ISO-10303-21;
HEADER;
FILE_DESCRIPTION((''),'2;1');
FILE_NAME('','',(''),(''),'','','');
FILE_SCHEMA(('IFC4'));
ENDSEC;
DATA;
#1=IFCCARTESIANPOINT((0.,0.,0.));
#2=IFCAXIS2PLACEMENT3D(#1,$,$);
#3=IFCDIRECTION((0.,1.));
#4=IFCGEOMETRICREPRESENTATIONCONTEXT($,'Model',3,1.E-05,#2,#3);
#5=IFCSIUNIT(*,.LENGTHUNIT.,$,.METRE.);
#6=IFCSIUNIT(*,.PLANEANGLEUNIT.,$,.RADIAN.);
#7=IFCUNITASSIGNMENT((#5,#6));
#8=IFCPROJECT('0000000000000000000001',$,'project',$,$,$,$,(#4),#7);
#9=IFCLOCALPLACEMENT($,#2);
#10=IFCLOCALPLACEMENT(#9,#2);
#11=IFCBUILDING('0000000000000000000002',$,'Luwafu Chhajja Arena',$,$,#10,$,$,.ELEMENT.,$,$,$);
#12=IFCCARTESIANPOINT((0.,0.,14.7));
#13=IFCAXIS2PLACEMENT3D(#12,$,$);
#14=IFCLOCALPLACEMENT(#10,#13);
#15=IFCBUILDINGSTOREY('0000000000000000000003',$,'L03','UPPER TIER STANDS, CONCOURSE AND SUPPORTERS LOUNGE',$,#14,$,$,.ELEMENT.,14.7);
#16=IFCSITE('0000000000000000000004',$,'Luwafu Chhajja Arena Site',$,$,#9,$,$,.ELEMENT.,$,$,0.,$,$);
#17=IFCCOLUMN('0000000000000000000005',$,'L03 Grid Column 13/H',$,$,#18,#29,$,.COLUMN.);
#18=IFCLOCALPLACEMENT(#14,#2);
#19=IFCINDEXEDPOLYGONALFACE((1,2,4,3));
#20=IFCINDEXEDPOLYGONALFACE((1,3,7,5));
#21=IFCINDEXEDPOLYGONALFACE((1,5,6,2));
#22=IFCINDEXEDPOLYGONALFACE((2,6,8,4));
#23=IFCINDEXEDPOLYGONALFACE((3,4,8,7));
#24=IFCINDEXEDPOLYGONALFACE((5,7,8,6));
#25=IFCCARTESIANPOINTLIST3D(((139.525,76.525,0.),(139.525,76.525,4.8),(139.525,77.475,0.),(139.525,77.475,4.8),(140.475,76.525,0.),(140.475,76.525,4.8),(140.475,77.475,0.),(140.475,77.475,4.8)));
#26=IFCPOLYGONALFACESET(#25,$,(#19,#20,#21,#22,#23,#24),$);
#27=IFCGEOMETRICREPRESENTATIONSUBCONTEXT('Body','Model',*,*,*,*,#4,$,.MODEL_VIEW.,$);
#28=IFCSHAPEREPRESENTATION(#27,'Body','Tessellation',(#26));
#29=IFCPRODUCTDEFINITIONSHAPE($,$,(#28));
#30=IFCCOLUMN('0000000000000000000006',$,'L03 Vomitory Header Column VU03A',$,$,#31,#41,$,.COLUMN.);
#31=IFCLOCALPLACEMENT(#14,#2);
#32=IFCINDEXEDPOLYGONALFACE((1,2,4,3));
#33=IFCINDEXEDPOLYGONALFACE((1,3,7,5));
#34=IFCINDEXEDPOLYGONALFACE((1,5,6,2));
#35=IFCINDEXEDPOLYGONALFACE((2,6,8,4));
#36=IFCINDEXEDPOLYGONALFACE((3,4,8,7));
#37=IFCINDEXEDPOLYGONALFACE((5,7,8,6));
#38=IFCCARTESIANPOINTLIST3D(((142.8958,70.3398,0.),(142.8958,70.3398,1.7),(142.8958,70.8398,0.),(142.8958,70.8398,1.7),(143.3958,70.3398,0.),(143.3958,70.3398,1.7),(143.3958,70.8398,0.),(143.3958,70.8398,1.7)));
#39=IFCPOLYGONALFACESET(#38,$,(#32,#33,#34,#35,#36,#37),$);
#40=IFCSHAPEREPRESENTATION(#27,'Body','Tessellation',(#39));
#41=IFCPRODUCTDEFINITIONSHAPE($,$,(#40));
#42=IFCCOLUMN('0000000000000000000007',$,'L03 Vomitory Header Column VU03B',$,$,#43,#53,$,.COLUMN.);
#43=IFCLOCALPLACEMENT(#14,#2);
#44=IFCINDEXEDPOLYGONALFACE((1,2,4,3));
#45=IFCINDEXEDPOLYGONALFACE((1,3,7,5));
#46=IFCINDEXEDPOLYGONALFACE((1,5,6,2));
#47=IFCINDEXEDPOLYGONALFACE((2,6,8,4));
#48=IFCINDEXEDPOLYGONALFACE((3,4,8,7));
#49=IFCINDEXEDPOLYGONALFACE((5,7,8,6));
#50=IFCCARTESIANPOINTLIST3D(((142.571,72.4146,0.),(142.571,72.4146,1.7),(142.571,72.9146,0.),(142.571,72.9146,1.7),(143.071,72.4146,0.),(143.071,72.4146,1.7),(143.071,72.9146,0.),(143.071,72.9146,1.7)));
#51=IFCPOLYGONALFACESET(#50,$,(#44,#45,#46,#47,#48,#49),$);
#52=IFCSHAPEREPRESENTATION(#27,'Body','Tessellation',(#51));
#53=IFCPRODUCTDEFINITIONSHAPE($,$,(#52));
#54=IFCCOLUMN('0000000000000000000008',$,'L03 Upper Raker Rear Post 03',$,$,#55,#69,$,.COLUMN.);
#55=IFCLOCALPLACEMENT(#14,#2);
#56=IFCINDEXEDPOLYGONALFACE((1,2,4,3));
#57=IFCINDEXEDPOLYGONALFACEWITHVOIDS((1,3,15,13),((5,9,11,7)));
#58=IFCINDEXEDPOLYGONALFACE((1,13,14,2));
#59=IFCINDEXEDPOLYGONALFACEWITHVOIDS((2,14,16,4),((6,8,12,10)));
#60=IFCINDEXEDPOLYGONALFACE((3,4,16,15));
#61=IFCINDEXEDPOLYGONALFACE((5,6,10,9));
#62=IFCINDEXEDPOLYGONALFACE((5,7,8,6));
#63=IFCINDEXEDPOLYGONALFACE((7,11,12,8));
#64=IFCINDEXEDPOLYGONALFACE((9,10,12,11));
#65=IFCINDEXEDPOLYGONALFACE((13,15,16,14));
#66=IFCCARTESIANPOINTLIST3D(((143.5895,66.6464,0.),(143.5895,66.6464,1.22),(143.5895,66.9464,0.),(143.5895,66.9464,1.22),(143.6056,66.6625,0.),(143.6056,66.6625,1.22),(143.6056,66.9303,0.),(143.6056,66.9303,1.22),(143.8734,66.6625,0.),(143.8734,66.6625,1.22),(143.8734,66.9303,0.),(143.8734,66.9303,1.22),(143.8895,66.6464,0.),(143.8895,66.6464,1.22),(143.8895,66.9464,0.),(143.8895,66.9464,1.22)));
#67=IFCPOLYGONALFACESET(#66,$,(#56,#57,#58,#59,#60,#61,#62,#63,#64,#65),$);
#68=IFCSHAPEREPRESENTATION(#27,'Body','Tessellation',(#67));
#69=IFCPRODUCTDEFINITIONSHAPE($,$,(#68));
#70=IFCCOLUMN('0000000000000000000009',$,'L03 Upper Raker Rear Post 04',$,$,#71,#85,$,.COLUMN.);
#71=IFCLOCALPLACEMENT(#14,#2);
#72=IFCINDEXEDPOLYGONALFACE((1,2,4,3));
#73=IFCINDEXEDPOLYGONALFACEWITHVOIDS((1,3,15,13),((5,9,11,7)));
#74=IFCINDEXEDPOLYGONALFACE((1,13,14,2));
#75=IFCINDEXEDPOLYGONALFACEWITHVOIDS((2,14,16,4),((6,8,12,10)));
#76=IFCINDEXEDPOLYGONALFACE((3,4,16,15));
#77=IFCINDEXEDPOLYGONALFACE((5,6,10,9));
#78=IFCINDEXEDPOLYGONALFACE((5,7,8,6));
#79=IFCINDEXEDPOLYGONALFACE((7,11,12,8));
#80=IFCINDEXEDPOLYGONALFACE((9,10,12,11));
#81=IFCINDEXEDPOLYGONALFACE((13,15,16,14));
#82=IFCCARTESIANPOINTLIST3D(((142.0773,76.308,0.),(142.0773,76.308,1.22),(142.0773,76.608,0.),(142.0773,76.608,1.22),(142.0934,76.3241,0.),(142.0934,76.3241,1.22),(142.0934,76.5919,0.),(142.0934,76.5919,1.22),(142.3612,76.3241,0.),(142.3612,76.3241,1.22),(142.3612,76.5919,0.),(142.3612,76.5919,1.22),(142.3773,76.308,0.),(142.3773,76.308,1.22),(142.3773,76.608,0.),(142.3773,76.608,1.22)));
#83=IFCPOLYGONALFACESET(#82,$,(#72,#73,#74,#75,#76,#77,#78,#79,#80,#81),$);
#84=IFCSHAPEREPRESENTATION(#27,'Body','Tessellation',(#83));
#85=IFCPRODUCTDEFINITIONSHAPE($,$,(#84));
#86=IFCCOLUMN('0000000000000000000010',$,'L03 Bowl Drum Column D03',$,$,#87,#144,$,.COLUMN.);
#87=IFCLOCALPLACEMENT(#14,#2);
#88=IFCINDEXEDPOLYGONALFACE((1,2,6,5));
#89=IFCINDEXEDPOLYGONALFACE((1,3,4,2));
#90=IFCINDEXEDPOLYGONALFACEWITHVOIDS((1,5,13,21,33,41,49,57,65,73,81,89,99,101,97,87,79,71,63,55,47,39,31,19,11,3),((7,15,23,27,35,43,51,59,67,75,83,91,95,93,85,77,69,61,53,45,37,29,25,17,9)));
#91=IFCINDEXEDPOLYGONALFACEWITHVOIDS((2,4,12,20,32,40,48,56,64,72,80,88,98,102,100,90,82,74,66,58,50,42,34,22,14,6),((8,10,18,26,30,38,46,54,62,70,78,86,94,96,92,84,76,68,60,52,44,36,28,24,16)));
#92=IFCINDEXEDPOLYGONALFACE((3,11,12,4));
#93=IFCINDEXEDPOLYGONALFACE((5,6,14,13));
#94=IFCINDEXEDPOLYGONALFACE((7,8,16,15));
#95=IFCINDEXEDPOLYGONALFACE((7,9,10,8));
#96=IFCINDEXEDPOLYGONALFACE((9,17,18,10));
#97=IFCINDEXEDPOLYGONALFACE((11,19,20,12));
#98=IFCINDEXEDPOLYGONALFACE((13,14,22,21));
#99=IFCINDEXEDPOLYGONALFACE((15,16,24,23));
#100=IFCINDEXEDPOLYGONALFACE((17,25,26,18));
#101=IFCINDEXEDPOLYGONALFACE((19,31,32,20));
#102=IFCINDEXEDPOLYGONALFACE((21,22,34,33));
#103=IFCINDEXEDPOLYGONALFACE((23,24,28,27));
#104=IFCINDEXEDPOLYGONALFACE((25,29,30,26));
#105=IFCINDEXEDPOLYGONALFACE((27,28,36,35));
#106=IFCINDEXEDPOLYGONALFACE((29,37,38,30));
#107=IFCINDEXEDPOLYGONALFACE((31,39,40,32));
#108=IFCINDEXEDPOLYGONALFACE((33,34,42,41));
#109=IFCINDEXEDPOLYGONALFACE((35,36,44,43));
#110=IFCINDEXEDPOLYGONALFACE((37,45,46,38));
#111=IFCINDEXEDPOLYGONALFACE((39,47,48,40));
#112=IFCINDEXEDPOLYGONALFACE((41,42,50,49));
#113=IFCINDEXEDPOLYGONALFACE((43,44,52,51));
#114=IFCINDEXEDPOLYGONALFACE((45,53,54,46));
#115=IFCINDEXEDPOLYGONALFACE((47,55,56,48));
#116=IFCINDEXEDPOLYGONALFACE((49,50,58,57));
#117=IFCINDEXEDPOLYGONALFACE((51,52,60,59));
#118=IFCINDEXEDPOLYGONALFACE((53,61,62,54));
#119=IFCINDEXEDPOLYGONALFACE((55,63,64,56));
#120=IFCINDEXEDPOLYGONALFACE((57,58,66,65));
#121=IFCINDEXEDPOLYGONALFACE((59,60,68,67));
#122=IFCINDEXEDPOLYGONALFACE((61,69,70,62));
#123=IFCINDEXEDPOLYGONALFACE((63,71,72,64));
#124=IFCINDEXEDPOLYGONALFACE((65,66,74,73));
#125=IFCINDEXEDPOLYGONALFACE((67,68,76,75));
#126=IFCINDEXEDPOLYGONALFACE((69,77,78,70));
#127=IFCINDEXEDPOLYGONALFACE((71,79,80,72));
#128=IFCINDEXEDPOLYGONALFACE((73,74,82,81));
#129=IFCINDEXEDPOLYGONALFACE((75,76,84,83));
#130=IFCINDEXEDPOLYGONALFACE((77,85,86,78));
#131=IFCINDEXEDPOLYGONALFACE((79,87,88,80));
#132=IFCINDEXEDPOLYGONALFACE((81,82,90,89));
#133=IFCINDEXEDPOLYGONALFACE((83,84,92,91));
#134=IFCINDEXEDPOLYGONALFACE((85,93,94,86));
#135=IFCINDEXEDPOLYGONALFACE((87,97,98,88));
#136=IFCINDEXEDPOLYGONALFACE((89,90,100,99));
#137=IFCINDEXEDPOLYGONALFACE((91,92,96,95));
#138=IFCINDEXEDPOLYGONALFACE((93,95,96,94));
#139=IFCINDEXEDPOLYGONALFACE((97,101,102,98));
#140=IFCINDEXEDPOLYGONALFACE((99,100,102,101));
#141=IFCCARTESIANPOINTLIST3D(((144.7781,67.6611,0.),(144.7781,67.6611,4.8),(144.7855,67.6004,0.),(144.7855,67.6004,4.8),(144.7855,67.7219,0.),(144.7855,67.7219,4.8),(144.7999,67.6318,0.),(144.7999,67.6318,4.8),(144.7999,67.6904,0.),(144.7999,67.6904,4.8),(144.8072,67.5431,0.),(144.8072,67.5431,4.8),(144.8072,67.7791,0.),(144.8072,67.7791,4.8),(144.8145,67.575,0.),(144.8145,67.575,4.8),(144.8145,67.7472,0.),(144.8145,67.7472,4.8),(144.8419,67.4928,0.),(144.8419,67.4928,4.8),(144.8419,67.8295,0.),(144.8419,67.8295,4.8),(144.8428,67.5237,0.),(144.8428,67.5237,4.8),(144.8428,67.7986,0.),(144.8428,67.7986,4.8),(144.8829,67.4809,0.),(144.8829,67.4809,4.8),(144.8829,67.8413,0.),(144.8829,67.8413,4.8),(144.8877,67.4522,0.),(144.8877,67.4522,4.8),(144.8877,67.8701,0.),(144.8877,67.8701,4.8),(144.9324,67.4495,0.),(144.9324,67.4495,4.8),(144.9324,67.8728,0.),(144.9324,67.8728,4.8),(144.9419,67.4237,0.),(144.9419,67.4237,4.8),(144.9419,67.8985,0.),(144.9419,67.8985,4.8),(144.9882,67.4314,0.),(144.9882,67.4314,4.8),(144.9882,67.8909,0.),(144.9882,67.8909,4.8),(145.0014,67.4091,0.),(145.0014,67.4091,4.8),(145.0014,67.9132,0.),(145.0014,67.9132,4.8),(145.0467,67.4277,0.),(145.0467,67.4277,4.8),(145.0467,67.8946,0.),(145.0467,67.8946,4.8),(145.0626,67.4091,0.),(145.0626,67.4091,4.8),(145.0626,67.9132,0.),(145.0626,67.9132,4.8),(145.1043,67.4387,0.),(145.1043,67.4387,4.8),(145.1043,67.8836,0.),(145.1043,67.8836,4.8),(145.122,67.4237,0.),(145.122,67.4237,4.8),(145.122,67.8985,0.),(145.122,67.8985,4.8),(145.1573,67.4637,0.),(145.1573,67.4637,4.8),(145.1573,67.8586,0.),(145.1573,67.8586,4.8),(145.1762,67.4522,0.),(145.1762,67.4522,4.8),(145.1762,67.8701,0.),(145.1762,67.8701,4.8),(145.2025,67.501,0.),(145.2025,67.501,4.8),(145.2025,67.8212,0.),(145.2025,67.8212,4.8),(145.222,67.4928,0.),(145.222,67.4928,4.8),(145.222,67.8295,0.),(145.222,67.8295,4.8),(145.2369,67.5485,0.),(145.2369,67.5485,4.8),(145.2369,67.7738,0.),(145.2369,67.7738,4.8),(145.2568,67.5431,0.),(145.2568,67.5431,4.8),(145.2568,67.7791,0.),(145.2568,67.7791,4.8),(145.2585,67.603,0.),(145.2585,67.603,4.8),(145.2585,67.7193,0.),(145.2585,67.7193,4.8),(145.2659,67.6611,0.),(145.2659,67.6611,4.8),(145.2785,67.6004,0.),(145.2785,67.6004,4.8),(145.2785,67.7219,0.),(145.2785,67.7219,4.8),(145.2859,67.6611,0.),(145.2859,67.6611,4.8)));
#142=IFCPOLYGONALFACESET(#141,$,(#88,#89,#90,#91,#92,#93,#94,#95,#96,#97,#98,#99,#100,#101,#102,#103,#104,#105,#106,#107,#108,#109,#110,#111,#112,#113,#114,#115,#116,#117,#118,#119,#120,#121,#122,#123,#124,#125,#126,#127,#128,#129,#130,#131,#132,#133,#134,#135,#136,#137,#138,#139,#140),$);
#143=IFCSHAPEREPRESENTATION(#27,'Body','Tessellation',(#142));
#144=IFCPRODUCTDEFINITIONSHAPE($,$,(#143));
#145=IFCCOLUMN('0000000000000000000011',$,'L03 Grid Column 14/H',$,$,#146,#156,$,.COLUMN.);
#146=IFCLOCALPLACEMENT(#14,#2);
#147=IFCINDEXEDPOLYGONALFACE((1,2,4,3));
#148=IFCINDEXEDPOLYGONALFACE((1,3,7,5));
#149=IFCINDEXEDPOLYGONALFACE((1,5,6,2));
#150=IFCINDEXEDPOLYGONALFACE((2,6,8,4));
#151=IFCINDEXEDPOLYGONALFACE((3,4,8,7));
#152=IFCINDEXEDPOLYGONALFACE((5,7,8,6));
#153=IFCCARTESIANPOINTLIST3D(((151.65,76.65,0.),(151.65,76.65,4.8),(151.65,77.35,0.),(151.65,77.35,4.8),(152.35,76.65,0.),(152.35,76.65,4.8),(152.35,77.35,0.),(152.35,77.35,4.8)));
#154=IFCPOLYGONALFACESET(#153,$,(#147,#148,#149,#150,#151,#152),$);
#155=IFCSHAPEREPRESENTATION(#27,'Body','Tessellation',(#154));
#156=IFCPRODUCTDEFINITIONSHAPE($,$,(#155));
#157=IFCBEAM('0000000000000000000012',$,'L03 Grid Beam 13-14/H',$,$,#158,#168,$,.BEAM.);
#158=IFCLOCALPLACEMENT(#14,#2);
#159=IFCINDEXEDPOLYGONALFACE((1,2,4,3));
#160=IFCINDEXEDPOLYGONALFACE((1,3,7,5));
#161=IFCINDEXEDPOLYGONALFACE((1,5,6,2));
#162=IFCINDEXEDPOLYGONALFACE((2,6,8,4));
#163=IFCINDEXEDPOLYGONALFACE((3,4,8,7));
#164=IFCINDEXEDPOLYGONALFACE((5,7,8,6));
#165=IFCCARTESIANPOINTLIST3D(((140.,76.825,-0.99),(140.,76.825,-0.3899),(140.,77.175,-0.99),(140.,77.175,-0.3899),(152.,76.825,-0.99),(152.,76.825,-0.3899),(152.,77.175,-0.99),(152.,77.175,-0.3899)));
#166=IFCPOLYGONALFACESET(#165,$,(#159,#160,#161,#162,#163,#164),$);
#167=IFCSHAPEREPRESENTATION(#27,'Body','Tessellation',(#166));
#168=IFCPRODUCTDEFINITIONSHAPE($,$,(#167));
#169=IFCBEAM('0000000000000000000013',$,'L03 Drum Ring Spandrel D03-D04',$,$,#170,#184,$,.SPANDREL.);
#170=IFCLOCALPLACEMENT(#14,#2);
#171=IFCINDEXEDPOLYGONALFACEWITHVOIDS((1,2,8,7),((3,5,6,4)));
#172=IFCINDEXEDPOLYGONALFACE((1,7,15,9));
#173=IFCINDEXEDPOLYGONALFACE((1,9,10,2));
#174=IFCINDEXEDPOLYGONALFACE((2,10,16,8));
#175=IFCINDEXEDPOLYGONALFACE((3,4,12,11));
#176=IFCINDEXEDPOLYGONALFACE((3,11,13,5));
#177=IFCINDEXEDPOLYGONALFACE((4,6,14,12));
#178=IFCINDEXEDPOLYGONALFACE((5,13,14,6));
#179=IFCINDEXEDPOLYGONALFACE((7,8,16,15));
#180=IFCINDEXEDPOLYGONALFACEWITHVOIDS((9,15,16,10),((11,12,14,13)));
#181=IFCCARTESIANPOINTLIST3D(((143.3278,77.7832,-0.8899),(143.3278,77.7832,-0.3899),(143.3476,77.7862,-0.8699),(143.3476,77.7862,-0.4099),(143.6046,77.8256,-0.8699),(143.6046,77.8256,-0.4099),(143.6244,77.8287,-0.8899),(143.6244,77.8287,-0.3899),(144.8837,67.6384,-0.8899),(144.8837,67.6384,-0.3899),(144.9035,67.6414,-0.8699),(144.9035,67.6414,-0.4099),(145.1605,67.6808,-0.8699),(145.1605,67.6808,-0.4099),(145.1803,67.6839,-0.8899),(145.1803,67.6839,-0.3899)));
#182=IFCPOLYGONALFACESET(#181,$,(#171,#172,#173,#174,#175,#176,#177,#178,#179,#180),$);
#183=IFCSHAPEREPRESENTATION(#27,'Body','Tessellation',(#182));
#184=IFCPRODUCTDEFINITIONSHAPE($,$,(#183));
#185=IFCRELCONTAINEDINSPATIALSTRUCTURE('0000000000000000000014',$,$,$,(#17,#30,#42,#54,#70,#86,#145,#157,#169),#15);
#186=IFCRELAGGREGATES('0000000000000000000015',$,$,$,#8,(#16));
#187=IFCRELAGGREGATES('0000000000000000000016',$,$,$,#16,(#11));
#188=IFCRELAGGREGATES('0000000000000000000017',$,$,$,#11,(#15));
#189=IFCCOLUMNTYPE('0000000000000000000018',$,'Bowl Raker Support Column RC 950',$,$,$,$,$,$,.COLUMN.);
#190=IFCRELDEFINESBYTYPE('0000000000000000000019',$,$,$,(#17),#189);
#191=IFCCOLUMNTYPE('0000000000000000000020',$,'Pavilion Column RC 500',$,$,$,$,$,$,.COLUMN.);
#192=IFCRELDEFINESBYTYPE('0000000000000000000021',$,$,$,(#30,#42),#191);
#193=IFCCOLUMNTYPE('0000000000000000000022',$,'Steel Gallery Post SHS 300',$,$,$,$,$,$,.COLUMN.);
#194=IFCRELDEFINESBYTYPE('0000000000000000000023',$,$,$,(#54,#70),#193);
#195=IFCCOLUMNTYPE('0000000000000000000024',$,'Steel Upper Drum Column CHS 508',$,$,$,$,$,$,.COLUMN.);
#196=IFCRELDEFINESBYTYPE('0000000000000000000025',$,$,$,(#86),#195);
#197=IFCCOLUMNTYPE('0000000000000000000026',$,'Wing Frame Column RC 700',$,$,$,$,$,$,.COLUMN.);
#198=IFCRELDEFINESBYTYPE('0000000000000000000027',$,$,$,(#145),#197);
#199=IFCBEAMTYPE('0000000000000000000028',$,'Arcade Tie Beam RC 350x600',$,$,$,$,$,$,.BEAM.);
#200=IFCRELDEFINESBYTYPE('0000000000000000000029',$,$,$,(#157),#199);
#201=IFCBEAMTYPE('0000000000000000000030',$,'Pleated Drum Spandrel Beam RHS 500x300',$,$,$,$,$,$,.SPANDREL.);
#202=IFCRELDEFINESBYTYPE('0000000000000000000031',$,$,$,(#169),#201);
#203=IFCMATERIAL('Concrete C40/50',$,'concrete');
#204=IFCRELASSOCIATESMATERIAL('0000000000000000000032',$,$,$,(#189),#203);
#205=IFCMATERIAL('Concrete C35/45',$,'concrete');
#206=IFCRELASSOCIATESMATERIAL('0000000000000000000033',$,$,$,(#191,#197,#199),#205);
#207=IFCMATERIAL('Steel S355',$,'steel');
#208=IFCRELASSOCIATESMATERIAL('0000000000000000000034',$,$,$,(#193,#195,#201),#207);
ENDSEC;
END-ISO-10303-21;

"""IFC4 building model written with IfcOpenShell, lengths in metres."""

from ifc_helpers import new_model, si_unit, direction, frame, origin, origin_2d, place, context, subcontext, project, spatial, rectangle, hollow_rectangle, hollow_circle, extrude, material, material_profile, profile_set, type_object, element, save


model = new_model("IFC4")

# Units and contexts
model_context = context("Model", 3, precision=1e-05, world=origin(), true_north=direction((0.0, 1.0)))
body_context = subcontext(model_context, "Body", "Model", "MODEL_VIEW")
ifc_project = project(units=[si_unit("LENGTHUNIT", "METRE"), si_unit("PLANEANGLEUNIT", "RADIAN")], contexts=[model_context])

# Site, building, storey
site_placement = place(None, origin())
site = spatial("IfcSite", under=ifc_project, at=site_placement, Name="Luwafu Chhajja Arena Site", CompositionType="ELEMENT", RefElevation=0.0)
building_placement = place(site_placement, origin())
building = spatial("IfcBuilding", under=site, at=building_placement, Name="Luwafu Chhajja Arena", CompositionType="ELEMENT")
storey_placement = place(building_placement, frame((0.0, 0.0, 14.7)))
storey = spatial("IfcBuildingStorey", under=building, at=storey_placement, Name="L03", Description="UPPER TIER STANDS, CONCOURSE AND SUPPORTERS LOUNGE", CompositionType="ELEMENT", Elevation=14.7)

# Columns
ifc_material_1 = material(Name="Concrete C40/50", Category="concrete")
ifc_material_profile_1 = material_profile(ifc_material_1, rectangle(XDim=0.95, YDim=0.95, at=origin_2d()), Name="RC 950x950")
ifc_profile_set_1 = profile_set([ifc_material_profile_1], Name="Concrete C40/50")
column_type_1 = type_object("IfcColumnType", Name="Bowl Raker Support Column RC 950", PredefinedType="COLUMN", material=ifc_profile_set_1)
column_1_placement = place(storey_placement, frame((140.0, 77.0, 0.0), z_axis=(0.0, 0.0, 1.0), x_axis=(1.0, 0.0, 0.0)))
element("IfcColumn", 1, at=column_1_placement, inside=storey, type_object=column_type_1, Name="L03 Grid Column 13/H", PredefinedType="COLUMN", context=body_context, shape_type="SweptSolid", body=[
    extrude(rectangle(XDim=0.95, YDim=0.95, at=origin_2d()), origin(), (0.0, 0.0, 1.0), 4.8),
])
ifc_material_2 = material(Name="Concrete C35/45", Category="concrete")
ifc_material_profile_2 = material_profile(ifc_material_2, rectangle(XDim=0.5, YDim=0.5, at=origin_2d()), Name="RC 500x500")
ifc_profile_set_2 = profile_set([ifc_material_profile_2], Name="Concrete C35/45")
column_type_2 = type_object("IfcColumnType", Name="Pavilion Column RC 500", PredefinedType="COLUMN", material=ifc_profile_set_2)
for number, where, z_axis, x_axis, name in (
    (2, (143.1458, 70.5898, 0.0), (0.0, 0.0, 1.0), (1.0, 0.0, 0.0), "L03 Vomitory Header Column VU03A"),
    (3, (142.821, 72.6646, 0.0), (0.0, 0.0, 1.0), (1.0, 0.0, 0.0), "L03 Vomitory Header Column VU03B"),
):
    element("IfcColumn", number, at=place(storey_placement, frame(where, z_axis=z_axis, x_axis=x_axis)), inside=storey, type_object=column_type_2, Name=name, PredefinedType="COLUMN", context=body_context, shape_type="SweptSolid", body=[
        extrude(rectangle(XDim=0.5, YDim=0.5, at=origin_2d()), origin(), (0.0, 0.0, 1.0), 1.7),
    ])
ifc_material_3 = material(Name="Steel S355", Category="steel")
ifc_material_profile_3 = material_profile(ifc_material_3, hollow_rectangle(XDim=0.3, YDim=0.3, WallThickness=0.0161, at=origin_2d()), Name="SHS 300x300x16")
ifc_profile_set_3 = profile_set([ifc_material_profile_3], Name="Steel S355")
column_type_3 = type_object("IfcColumnType", Name="Steel Gallery Post SHS 300", PredefinedType="COLUMN", material=ifc_profile_set_3)
for number, where, z_axis, x_axis, name in (
    (4, (143.7395, 66.7964, 0.0), (0.0, 0.0, 1.0), (1.0, 0.0, 0.0), "L03 Upper Raker Rear Post 03"),
    (5, (142.2273, 76.458, 0.0), (0.0, 0.0, 1.0), (1.0, 0.0, 0.0), "L03 Upper Raker Rear Post 04"),
):
    element("IfcColumn", number, at=place(storey_placement, frame(where, z_axis=z_axis, x_axis=x_axis)), inside=storey, type_object=column_type_3, Name=name, PredefinedType="COLUMN", context=body_context, shape_type="SweptSolid", body=[
        extrude(hollow_rectangle(XDim=0.3, YDim=0.3, WallThickness=0.0161, at=origin_2d()), origin(), (0.0, 0.0, 1.0), 1.22),
    ])
ifc_material_profile_4 = material_profile(ifc_material_3, hollow_circle(Radius=0.2539, WallThickness=0.02, at=origin_2d()), Name="CHS 508x20")
ifc_profile_set_4 = profile_set([ifc_material_profile_4], Name="Steel S355")
column_type_4 = type_object("IfcColumnType", Name="Steel Upper Drum Column CHS 508", PredefinedType="COLUMN", material=ifc_profile_set_4)
column_2_placement = place(storey_placement, frame((145.032, 67.6611, 0.0), z_axis=(0.0, 0.0, 1.0), x_axis=(1.0, 0.0, 0.0)))
element("IfcColumn", 6, at=column_2_placement, inside=storey, type_object=column_type_4, Name="L03 Bowl Drum Column D03", PredefinedType="COLUMN", context=body_context, shape_type="SweptSolid", body=[
    extrude(hollow_circle(Radius=0.2539, WallThickness=0.02, at=origin_2d()), origin(), (0.0, 0.0, 1.0), 4.8),
])
ifc_material_profile_5 = material_profile(ifc_material_2, rectangle(XDim=0.7, YDim=0.7, at=origin_2d()), Name="RC 700x700")
ifc_profile_set_5 = profile_set([ifc_material_profile_5], Name="Concrete C35/45")
column_type_5 = type_object("IfcColumnType", Name="Wing Frame Column RC 700", PredefinedType="COLUMN", material=ifc_profile_set_5)
column_3_placement = place(storey_placement, frame((152.0, 77.0, 0.0), z_axis=(0.0, 0.0, 1.0), x_axis=(1.0, 0.0, 0.0)))
element("IfcColumn", 7, at=column_3_placement, inside=storey, type_object=column_type_5, Name="L03 Grid Column 14/H", PredefinedType="COLUMN", context=body_context, shape_type="SweptSolid", body=[
    extrude(rectangle(XDim=0.7, YDim=0.7, at=origin_2d()), origin(), (0.0, 0.0, 1.0), 4.8),
])

# Beams
ifc_material_profile_6 = material_profile(ifc_material_2, rectangle(XDim=0.3501, YDim=0.6001, at=origin_2d()), Name="RC 350x600")
ifc_profile_set_6 = profile_set([ifc_material_profile_6], Name="Concrete C35/45")
beam_type_1 = type_object("IfcBeamType", Name="Arcade Tie Beam RC 350x600", PredefinedType="BEAM", material=ifc_profile_set_6)
beam_1_placement = place(storey_placement, frame((140.0, 77.0, -0.6899), z_axis=(1.0, 0.0, 0.0), x_axis=(0.0, 1.0, 0.0)))
element("IfcBeam", 8, at=beam_1_placement, inside=storey, type_object=beam_type_1, Name="L03 Grid Beam 13-14/H", PredefinedType="BEAM", context=body_context, shape_type="SweptSolid", body=[
    extrude(rectangle(XDim=0.3501, YDim=0.6001, at=origin_2d()), origin(), (0.0, 0.0, 1.0), 12.0),
])
ifc_material_profile_7 = material_profile(ifc_material_3, hollow_rectangle(XDim=0.3, YDim=0.5, WallThickness=0.02, at=origin_2d()), Name="RHS 500x300x20")
ifc_profile_set_7 = profile_set([ifc_material_profile_7], Name="Steel S355")
beam_type_2 = type_object("IfcBeamType", Name="Pleated Drum Spandrel Beam RHS 500x300", PredefinedType="SPANDREL", material=ifc_profile_set_7)
beam_2_placement = place(storey_placement, frame((145.032, 67.6611, -0.6399), z_axis=(-0.151598, 0.988442, 0.0), x_axis=(-0.988442, -0.151598, 0.0)))
element("IfcBeam", 9, at=beam_2_placement, inside=storey, type_object=beam_type_2, Name="L03 Drum Ring Spandrel D03-D04", PredefinedType="SPANDREL", context=body_context, shape_type="SweptSolid", body=[
    extrude(hollow_rectangle(XDim=0.3, YDim=0.5, WallThickness=0.02, at=origin_2d()), origin(), (0.0, 0.0, 1.0), 10.2634),
])

save(model, "model.ifc")
